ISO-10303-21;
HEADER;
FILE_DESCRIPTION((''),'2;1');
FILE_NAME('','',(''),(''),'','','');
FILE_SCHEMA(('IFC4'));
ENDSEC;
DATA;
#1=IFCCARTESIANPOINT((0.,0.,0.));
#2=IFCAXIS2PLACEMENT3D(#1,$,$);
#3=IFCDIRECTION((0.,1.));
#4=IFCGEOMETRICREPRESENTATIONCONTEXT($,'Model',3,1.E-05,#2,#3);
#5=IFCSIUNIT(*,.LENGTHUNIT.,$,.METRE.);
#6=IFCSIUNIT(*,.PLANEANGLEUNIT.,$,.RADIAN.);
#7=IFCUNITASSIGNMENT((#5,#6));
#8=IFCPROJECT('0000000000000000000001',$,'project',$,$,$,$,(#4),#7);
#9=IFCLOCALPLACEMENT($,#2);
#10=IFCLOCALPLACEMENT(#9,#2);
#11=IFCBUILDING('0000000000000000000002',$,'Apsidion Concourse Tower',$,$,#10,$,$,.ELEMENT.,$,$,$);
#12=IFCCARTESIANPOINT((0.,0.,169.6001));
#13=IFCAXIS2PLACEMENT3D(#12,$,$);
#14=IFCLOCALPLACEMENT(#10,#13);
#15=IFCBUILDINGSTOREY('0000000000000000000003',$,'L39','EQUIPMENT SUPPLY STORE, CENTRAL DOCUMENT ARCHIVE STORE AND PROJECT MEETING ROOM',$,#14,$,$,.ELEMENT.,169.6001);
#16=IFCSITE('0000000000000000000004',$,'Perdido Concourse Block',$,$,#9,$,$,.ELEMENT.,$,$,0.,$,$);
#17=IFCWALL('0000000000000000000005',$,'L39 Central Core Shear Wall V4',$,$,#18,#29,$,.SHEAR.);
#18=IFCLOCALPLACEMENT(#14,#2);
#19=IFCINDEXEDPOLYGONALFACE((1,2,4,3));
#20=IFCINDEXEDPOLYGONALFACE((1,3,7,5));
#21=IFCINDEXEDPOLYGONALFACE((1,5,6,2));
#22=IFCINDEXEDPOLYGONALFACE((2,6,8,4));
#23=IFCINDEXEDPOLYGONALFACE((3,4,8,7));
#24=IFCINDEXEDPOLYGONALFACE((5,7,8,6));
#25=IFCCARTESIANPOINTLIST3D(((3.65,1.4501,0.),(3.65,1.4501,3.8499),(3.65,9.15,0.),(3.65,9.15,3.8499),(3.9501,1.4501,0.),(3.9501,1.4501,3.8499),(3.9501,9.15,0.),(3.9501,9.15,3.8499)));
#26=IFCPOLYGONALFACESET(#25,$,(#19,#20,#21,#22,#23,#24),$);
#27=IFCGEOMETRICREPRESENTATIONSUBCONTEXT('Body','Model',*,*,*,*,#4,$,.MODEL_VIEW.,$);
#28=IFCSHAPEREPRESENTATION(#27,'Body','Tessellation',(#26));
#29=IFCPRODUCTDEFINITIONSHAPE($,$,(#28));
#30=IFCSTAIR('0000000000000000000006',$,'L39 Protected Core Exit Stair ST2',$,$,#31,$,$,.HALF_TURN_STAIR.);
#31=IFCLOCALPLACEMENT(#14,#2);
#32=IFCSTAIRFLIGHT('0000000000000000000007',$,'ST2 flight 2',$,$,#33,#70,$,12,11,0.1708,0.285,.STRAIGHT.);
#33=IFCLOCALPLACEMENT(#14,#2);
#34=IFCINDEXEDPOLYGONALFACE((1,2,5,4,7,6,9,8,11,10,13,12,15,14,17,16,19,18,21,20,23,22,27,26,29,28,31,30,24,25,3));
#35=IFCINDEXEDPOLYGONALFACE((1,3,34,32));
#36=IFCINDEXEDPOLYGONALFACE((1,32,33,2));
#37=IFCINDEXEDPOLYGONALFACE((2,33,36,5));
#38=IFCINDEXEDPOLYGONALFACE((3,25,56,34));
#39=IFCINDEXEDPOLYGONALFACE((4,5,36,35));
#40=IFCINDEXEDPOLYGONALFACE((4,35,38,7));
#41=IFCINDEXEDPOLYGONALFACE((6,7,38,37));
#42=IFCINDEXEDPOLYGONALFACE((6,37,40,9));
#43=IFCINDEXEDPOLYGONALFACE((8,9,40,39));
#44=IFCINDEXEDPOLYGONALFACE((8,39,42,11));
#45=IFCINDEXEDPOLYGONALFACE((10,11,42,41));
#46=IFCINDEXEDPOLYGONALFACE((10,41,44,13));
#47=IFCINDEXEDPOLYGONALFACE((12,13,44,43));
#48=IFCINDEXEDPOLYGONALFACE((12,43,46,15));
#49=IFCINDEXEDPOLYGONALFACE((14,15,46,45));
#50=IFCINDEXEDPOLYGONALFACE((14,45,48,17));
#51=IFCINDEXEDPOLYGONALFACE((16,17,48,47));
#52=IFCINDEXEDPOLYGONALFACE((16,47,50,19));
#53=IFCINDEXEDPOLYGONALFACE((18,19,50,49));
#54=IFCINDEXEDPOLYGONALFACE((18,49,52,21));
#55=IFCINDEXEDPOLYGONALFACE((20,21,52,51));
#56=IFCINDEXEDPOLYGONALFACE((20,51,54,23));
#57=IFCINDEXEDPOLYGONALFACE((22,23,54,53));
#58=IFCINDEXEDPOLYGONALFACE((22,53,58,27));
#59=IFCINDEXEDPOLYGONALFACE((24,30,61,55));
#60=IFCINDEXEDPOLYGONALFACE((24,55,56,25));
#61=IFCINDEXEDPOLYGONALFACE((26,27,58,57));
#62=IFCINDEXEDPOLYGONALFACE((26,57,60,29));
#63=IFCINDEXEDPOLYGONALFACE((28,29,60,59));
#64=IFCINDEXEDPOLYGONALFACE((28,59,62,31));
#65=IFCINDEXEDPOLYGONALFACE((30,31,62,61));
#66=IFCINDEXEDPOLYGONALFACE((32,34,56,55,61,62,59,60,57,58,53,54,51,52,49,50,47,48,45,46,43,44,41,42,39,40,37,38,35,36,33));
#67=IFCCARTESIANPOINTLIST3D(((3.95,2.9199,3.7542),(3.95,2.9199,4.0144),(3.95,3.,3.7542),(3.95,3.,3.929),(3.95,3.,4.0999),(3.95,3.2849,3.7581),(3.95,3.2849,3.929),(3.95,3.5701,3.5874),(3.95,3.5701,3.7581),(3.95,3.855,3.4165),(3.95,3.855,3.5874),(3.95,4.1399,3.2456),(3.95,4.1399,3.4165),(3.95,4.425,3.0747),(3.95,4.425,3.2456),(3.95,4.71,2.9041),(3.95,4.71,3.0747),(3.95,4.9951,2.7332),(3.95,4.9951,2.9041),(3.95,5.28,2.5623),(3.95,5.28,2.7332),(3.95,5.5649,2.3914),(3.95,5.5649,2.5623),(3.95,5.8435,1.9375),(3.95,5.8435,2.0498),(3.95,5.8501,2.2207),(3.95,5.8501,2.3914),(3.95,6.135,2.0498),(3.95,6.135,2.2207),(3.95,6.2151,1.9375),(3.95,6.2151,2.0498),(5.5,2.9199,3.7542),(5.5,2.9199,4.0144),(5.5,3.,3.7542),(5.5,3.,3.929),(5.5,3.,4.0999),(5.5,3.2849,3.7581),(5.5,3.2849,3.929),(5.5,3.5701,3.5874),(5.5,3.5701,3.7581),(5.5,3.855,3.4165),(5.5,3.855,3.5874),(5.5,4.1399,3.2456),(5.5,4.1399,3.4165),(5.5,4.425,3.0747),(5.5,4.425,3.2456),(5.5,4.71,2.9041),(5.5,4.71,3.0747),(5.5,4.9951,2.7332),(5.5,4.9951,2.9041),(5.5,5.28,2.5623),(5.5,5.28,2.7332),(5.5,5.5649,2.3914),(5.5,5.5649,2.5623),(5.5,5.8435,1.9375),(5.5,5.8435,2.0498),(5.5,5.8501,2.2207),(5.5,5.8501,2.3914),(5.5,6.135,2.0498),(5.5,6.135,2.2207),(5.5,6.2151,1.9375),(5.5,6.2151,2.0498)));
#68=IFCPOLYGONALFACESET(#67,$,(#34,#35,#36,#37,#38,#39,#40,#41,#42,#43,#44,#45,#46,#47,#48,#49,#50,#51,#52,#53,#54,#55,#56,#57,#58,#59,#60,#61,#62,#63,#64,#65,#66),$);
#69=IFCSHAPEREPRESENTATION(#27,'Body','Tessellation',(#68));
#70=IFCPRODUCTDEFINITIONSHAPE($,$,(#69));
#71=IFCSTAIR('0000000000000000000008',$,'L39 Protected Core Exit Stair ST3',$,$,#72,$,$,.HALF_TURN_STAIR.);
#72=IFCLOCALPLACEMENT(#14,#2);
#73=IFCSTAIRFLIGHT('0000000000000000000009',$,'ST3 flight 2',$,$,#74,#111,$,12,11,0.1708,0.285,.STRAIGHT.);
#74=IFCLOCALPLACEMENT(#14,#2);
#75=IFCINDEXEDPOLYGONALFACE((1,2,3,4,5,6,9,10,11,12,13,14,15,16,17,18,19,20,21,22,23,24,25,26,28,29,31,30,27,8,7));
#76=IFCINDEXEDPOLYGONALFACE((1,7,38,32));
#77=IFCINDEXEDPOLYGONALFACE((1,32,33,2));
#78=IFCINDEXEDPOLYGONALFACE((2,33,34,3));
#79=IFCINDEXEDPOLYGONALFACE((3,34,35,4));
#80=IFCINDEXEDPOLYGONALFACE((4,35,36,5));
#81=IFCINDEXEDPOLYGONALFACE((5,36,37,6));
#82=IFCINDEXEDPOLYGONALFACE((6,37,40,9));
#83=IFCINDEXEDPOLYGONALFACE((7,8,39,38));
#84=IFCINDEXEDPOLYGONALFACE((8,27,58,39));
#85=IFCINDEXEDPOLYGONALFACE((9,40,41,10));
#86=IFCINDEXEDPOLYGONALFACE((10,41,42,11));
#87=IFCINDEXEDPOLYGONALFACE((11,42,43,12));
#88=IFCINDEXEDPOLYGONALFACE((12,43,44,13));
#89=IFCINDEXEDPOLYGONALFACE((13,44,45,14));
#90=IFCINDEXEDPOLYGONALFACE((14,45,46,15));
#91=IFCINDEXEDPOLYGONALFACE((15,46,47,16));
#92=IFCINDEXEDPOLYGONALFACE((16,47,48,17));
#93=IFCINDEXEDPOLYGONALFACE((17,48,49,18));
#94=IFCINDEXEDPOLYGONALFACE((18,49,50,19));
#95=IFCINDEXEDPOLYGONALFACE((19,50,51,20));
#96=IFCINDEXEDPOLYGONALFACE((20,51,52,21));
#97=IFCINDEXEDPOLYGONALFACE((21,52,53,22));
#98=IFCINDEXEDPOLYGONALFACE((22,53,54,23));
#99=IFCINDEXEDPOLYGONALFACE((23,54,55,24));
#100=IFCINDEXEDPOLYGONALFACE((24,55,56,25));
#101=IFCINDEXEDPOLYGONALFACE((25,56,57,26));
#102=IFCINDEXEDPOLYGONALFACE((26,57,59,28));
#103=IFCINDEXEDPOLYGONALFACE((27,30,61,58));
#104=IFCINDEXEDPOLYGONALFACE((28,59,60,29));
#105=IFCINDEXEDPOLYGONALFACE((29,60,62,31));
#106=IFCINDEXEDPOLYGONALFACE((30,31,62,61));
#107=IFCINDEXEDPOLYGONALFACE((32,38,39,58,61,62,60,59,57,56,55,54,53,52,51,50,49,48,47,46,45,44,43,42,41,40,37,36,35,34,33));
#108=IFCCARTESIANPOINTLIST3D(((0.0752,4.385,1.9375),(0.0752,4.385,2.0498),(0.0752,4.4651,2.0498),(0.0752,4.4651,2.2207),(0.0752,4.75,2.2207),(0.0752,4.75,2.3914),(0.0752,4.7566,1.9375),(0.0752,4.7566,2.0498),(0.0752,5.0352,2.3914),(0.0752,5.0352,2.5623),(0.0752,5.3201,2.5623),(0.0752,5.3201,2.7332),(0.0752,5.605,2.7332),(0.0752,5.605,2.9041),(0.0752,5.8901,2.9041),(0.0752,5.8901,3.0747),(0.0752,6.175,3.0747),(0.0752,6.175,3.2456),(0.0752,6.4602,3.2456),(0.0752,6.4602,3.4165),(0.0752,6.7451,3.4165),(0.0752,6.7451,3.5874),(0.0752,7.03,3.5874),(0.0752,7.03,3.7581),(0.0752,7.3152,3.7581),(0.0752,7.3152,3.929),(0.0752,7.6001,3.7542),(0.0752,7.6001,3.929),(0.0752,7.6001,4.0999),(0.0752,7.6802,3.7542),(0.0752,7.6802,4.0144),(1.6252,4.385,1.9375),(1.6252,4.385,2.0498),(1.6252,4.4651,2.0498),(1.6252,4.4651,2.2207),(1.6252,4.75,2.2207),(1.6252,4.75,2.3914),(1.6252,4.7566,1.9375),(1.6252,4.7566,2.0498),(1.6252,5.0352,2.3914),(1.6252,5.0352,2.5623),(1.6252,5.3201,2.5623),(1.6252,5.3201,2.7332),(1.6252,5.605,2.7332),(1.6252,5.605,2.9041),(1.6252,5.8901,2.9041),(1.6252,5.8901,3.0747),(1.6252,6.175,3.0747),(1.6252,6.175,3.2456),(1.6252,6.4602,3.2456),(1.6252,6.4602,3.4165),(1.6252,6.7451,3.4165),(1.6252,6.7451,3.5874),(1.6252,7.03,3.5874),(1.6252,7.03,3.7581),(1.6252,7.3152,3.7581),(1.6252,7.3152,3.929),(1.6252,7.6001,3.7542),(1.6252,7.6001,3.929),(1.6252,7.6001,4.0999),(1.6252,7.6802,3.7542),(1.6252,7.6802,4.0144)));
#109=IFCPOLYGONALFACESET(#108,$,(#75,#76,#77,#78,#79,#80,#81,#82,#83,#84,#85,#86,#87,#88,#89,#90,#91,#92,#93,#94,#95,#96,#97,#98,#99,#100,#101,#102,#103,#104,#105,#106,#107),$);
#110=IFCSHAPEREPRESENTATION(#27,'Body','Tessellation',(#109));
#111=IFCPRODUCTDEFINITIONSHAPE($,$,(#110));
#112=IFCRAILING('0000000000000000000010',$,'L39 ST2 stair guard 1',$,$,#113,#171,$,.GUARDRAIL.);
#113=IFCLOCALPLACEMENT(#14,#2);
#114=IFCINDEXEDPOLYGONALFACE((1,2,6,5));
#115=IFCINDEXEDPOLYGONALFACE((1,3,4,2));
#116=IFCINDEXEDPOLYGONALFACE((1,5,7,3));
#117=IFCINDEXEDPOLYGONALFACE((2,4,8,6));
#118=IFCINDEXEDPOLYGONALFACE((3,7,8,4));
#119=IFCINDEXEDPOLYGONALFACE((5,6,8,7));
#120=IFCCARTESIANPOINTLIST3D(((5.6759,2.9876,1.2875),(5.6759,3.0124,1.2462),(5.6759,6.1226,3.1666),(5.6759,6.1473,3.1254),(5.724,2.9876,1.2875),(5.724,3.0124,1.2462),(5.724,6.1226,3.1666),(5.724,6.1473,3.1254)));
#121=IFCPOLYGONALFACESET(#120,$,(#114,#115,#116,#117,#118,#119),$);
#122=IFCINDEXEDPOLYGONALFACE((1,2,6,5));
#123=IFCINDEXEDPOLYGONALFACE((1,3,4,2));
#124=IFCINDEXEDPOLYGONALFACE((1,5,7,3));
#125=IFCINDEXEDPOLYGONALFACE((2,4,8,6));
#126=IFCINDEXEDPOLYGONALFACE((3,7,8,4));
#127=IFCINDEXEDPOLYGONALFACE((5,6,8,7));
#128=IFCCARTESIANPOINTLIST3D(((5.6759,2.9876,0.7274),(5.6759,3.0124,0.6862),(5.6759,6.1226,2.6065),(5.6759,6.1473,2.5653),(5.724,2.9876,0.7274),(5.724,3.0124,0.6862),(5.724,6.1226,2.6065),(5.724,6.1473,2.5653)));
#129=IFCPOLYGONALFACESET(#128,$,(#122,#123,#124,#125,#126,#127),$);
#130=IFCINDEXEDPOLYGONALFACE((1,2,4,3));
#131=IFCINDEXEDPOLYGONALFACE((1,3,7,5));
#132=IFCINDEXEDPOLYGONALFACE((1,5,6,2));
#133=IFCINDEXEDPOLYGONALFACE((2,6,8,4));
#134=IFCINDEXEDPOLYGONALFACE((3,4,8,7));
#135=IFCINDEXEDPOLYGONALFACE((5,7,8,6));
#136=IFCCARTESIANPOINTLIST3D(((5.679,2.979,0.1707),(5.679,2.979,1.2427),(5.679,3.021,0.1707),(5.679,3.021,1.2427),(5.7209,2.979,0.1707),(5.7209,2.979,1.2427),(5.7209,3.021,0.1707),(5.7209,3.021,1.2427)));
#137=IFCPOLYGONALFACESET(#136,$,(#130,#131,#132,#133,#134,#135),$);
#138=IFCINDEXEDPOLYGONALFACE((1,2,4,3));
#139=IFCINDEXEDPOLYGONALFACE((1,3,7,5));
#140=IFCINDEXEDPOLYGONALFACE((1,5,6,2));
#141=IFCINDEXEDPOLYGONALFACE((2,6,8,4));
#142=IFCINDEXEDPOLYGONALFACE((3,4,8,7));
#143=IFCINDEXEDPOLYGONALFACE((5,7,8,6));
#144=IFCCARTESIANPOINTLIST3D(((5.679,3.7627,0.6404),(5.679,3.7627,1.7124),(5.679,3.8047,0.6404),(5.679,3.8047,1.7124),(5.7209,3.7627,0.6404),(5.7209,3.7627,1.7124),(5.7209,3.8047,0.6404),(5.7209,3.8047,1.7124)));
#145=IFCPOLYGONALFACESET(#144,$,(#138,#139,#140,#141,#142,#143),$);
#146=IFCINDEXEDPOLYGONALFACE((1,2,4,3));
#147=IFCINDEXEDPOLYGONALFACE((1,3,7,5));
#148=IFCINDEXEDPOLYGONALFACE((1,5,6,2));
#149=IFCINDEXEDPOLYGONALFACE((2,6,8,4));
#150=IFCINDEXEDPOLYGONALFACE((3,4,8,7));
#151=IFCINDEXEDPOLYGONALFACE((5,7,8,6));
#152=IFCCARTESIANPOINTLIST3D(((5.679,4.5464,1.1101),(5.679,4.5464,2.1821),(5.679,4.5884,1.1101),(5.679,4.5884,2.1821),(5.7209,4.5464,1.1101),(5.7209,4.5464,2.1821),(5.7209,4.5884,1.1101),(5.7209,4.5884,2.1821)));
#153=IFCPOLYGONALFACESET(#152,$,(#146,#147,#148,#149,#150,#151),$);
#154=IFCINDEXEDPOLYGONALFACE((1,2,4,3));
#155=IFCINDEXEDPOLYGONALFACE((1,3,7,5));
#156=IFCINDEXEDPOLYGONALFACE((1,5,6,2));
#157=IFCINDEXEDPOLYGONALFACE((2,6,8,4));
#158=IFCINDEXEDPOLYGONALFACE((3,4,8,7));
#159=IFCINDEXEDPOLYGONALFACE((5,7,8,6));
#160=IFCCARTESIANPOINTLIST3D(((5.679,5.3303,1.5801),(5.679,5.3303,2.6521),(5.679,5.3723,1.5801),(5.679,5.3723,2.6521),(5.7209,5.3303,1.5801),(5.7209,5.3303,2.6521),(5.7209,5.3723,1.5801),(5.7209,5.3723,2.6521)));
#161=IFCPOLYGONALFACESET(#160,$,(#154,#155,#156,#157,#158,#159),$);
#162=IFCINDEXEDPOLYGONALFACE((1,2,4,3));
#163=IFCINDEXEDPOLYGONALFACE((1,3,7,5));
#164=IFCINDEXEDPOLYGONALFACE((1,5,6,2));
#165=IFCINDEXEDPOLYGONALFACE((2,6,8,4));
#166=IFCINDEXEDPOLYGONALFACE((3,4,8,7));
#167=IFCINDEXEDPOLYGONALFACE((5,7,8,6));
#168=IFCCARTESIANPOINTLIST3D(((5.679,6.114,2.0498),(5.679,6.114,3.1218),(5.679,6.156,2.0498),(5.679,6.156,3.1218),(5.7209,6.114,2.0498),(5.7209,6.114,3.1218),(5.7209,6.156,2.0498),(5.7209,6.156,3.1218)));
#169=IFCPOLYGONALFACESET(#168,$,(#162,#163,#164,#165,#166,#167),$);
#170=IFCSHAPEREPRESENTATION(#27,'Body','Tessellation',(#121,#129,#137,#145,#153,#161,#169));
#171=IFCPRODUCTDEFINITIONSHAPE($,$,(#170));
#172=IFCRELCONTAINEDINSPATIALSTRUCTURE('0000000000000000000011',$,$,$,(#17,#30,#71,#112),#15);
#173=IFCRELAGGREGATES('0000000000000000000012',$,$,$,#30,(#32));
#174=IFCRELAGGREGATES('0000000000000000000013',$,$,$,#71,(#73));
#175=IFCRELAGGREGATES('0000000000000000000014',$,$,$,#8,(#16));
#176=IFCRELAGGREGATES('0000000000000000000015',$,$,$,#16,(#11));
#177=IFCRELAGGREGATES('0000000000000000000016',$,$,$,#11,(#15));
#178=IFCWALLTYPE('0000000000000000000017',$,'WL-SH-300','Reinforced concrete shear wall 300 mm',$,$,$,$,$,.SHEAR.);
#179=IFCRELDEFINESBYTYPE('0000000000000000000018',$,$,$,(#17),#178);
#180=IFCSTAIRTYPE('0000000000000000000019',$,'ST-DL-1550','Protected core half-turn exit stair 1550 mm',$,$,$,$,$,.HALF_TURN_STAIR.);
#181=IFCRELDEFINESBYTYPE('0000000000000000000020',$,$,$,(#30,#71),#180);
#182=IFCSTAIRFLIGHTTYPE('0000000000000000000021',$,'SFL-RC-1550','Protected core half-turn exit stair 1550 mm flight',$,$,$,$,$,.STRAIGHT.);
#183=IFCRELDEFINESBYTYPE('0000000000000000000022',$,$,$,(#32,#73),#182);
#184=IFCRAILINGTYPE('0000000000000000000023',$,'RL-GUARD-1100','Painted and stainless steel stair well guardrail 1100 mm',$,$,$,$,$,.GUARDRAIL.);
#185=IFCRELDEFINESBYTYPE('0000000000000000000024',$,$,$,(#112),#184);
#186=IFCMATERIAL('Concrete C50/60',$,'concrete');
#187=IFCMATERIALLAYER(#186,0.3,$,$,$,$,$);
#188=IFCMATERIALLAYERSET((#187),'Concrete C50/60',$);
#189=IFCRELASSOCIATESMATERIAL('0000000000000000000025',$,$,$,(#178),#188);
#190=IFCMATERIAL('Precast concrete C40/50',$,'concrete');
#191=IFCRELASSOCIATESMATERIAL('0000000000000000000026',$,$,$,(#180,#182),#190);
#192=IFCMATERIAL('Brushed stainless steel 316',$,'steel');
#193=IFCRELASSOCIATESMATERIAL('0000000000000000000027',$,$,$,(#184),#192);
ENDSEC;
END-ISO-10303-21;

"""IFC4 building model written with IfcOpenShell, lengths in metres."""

from ifc_helpers import new_model, si_unit, direction, frame, frame_2d, origin, origin_2d, place, context, subcontext, project, spatial, polyline, rectangle, outline, extrude, material, layer, layer_set, type_object, element, aggregate, save


model = new_model("IFC4")

# Units and contexts
model_context = context("Model", 3, precision=1e-05, world=origin(), true_north=direction((0.0, 1.0)))
body_context = subcontext(model_context, "Body", "Model", "MODEL_VIEW")
ifc_project = project(units=[si_unit("LENGTHUNIT", "METRE"), si_unit("PLANEANGLEUNIT", "RADIAN")], contexts=[model_context])

# Site, building, storey
site_placement = place(None, origin())
site = spatial("IfcSite", under=ifc_project, at=site_placement, Name="Perdido Concourse Block", CompositionType="ELEMENT", RefElevation=0.0)
building_placement = place(site_placement, origin())
building = spatial("IfcBuilding", under=site, at=building_placement, Name="Apsidion Concourse Tower", CompositionType="ELEMENT")
storey_placement = place(building_placement, frame((0.0, 0.0, 169.6001)))
storey = spatial("IfcBuildingStorey", under=building, at=storey_placement, Name="L39", Description="EQUIPMENT SUPPLY STORE, CENTRAL DOCUMENT ARCHIVE STORE AND PROJECT MEETING ROOM", CompositionType="ELEMENT", Elevation=169.6001)

# Shared definitions
ifc_material_1 = material(Name="Concrete C50/60", Category="concrete")

# Wall
ifc_layer_1 = layer(ifc_material_1, 0.3)
ifc_layer_set_1 = layer_set([ifc_layer_1], Name="Concrete C50/60")
wall_type_1 = type_object("IfcWallType", Name="WL-SH-300", Description="Reinforced concrete shear wall 300 mm", PredefinedType="SHEAR", material=ifc_layer_set_1)
for number, where, z_axis, x_axis, name in (
    (1, (3.8, 1.45, 0.0), (0.0, 0.0, 1.0), (0.0, 1.0, 0.0), "L39 Central Core Shear Wall V4"),
):
    element("IfcWall", number, at=place(storey_placement, frame(where, z_axis=z_axis, x_axis=x_axis)), inside=storey, type_object=wall_type_1, Name=name, PredefinedType="SHEAR", context=body_context, shape_type="SweptSolid", body=[
        extrude(rectangle(XDim=7.7, YDim=0.3, at=frame_2d((3.8501, 0.0))), origin(), (0.0, 0.0, 1.0), 3.8499),
    ])

# Stairs, stair flights
ifc_material_2 = material(Name="Precast concrete C40/50", Category="concrete")
stair_type = type_object("IfcStairType", Name="ST-DL-1550", Description="Protected core half-turn exit stair 1550 mm", PredefinedType="HALF_TURN_STAIR", material=ifc_material_2)
stair_1_placement = place(storey_placement, origin())
stair_1 = element("IfcStair", 2, at=stair_1_placement, inside=storey, type_object=stair_type, Name="L39 Protected Core Exit Stair ST2", PredefinedType="HALF_TURN_STAIR")
stair_flight_type = type_object("IfcStairFlightType", Name="SFL-RC-1550", Description="Protected core half-turn exit stair 1550 mm flight", PredefinedType="STRAIGHT", material=ifc_material_2)
stair_flight_1_placement = place(storey_placement, frame((4.7251, 6.135, 2.0498), z_axis=(0.0, 0.0, 1.0), x_axis=(0.0, -1.0, 0.0)))
stair_flight_1 = element("IfcStairFlight", 3, at=stair_flight_1_placement, type_object=stair_flight_type, Name="ST2 flight 2", NumberOfRisers=12, NumberOfTreads=11, PredefinedType="STRAIGHT", RiserHeight=0.1708, TreadLength=0.285, context=body_context, shape_type="SweptSolid", body=[
    extrude(outline(polyline([(-0.0801, -0.1123), (-0.0801, 0.0), (0.0, 0.0), (0.0, 0.1709), (0.2849, 0.1709), (0.2849, 0.3416), (0.5701, 0.3416), (0.5701, 0.5125), (0.855, 0.5125), (0.855, 0.6833), (1.1399, 0.6833), (1.1399, 0.8542), (1.425, 0.8542), (1.425, 1.0249), (1.71, 1.0249), (1.71, 1.1958), (1.9951, 1.1958), (1.9951, 1.3667), (2.28, 1.3667), (2.28, 1.5376), (2.5649, 1.5376), (2.5649, 1.7083), (2.8501, 1.7083), (2.8501, 1.8792), (3.135, 1.8792), (3.135, 2.05), (3.2151, 1.9646), (3.2151, 1.7043), (3.135, 1.7043), (0.2915, 0.0), (0.2915, -0.1123), (-0.0801, -0.1123)])), frame((0.0, 0.7749, 0.0), z_axis=(0.0, -1.0, 0.0), x_axis=(1.0, 0.0, 0.0)), (0.0, 0.0, 1.0), 1.55),
])
aggregate(stair_1, [stair_flight_1])
stair_2_placement = place(storey_placement, origin())
stair_2 = element("IfcStair", 4, at=stair_2_placement, inside=storey, type_object=stair_type, Name="L39 Protected Core Exit Stair ST3", PredefinedType="HALF_TURN_STAIR")
stair_flight_2_placement = place(storey_placement, frame((0.8501, 4.4651, 2.0498), z_axis=(0.0, 0.0, 1.0), x_axis=(0.0, 1.0, 0.0)))
stair_flight_2 = element("IfcStairFlight", 5, at=stair_flight_2_placement, type_object=stair_flight_type, Name="ST3 flight 2", NumberOfRisers=12, NumberOfTreads=11, PredefinedType="STRAIGHT", RiserHeight=0.1708, TreadLength=0.285, context=body_context, shape_type="SweptSolid", body=[
    extrude(outline(polyline([(-0.0801, -0.1123), (-0.0801, 0.0), (0.0, 0.0), (0.0, 0.1709), (0.2849, 0.1709), (0.2849, 0.3416), (0.5701, 0.3416), (0.5701, 0.5125), (0.855, 0.5125), (0.855, 0.6833), (1.1399, 0.6833), (1.1399, 0.8542), (1.425, 0.8542), (1.425, 1.0249), (1.71, 1.0249), (1.71, 1.1958), (1.9951, 1.1958), (1.9951, 1.3667), (2.28, 1.3667), (2.28, 1.5376), (2.5649, 1.5376), (2.5649, 1.7083), (2.8501, 1.7083), (2.8501, 1.8792), (3.135, 1.8792), (3.135, 2.05), (3.2151, 1.9646), (3.2151, 1.7043), (3.135, 1.7043), (0.2915, 0.0), (0.2915, -0.1123), (-0.0801, -0.1123)])), frame((0.0, 0.7749, 0.0), z_axis=(0.0, -1.0, 0.0), x_axis=(1.0, 0.0, 0.0)), (0.0, 0.0, 1.0), 1.55),
])
aggregate(stair_2, [stair_flight_2])

# Railing
ifc_material_3 = material(Name="Brushed stainless steel 316", Category="steel")
railing_type_1 = type_object("IfcRailingType", Name="RL-GUARD-1100", Description="Painted and stainless steel stair well guardrail 1100 mm", PredefinedType="GUARDRAIL", material=ifc_material_3)
railing_1_placement = place(storey_placement, frame((5.7, 3.0, 0.1707)))
element("IfcRailing", 6, at=railing_1_placement, inside=storey, type_object=railing_type_1, Name="L39 ST2 stair guard 1", PredefinedType="GUARDRAIL", context=body_context, shape_type="SweptSolid", body=[
    extrude(rectangle(XDim=0.0481, YDim=0.0481, at=origin_2d()), frame((0.0, 0.0, 1.0962), z_axis=(0.0, 0.857717, 0.514122), x_axis=(-1.0, 0.0, 0.0)), (0.0, 0.0, 1.0), 3.655),
    extrude(rectangle(XDim=0.0481, YDim=0.0481, at=origin_2d()), frame((0.0, 0.0, 0.5361), z_axis=(0.0, 0.857717, 0.514122), x_axis=(-1.0, 0.0, 0.0)), (0.0, 0.0, 1.0), 3.655),
    extrude(rectangle(XDim=0.042, YDim=0.042, at=origin_2d()), origin(), (0.0, 0.0, 1.0), 1.072),
    extrude(rectangle(XDim=0.042, YDim=0.042, at=origin_2d()), frame((0.0, 0.7837, 0.4697)), (0.0, 0.0, 1.0), 1.072),
    extrude(rectangle(XDim=0.042, YDim=0.042, at=origin_2d()), frame((0.0, 1.5674, 0.9395)), (0.0, 0.0, 1.0), 1.072),
    extrude(rectangle(XDim=0.042, YDim=0.042, at=origin_2d()), frame((0.0, 2.3513, 1.4094)), (0.0, 0.0, 1.0), 1.072),
    extrude(rectangle(XDim=0.042, YDim=0.042, at=origin_2d()), frame((0.0, 3.135, 1.8792)), (0.0, 0.0, 1.0), 1.072),
])

save(model, "model.ifc")
